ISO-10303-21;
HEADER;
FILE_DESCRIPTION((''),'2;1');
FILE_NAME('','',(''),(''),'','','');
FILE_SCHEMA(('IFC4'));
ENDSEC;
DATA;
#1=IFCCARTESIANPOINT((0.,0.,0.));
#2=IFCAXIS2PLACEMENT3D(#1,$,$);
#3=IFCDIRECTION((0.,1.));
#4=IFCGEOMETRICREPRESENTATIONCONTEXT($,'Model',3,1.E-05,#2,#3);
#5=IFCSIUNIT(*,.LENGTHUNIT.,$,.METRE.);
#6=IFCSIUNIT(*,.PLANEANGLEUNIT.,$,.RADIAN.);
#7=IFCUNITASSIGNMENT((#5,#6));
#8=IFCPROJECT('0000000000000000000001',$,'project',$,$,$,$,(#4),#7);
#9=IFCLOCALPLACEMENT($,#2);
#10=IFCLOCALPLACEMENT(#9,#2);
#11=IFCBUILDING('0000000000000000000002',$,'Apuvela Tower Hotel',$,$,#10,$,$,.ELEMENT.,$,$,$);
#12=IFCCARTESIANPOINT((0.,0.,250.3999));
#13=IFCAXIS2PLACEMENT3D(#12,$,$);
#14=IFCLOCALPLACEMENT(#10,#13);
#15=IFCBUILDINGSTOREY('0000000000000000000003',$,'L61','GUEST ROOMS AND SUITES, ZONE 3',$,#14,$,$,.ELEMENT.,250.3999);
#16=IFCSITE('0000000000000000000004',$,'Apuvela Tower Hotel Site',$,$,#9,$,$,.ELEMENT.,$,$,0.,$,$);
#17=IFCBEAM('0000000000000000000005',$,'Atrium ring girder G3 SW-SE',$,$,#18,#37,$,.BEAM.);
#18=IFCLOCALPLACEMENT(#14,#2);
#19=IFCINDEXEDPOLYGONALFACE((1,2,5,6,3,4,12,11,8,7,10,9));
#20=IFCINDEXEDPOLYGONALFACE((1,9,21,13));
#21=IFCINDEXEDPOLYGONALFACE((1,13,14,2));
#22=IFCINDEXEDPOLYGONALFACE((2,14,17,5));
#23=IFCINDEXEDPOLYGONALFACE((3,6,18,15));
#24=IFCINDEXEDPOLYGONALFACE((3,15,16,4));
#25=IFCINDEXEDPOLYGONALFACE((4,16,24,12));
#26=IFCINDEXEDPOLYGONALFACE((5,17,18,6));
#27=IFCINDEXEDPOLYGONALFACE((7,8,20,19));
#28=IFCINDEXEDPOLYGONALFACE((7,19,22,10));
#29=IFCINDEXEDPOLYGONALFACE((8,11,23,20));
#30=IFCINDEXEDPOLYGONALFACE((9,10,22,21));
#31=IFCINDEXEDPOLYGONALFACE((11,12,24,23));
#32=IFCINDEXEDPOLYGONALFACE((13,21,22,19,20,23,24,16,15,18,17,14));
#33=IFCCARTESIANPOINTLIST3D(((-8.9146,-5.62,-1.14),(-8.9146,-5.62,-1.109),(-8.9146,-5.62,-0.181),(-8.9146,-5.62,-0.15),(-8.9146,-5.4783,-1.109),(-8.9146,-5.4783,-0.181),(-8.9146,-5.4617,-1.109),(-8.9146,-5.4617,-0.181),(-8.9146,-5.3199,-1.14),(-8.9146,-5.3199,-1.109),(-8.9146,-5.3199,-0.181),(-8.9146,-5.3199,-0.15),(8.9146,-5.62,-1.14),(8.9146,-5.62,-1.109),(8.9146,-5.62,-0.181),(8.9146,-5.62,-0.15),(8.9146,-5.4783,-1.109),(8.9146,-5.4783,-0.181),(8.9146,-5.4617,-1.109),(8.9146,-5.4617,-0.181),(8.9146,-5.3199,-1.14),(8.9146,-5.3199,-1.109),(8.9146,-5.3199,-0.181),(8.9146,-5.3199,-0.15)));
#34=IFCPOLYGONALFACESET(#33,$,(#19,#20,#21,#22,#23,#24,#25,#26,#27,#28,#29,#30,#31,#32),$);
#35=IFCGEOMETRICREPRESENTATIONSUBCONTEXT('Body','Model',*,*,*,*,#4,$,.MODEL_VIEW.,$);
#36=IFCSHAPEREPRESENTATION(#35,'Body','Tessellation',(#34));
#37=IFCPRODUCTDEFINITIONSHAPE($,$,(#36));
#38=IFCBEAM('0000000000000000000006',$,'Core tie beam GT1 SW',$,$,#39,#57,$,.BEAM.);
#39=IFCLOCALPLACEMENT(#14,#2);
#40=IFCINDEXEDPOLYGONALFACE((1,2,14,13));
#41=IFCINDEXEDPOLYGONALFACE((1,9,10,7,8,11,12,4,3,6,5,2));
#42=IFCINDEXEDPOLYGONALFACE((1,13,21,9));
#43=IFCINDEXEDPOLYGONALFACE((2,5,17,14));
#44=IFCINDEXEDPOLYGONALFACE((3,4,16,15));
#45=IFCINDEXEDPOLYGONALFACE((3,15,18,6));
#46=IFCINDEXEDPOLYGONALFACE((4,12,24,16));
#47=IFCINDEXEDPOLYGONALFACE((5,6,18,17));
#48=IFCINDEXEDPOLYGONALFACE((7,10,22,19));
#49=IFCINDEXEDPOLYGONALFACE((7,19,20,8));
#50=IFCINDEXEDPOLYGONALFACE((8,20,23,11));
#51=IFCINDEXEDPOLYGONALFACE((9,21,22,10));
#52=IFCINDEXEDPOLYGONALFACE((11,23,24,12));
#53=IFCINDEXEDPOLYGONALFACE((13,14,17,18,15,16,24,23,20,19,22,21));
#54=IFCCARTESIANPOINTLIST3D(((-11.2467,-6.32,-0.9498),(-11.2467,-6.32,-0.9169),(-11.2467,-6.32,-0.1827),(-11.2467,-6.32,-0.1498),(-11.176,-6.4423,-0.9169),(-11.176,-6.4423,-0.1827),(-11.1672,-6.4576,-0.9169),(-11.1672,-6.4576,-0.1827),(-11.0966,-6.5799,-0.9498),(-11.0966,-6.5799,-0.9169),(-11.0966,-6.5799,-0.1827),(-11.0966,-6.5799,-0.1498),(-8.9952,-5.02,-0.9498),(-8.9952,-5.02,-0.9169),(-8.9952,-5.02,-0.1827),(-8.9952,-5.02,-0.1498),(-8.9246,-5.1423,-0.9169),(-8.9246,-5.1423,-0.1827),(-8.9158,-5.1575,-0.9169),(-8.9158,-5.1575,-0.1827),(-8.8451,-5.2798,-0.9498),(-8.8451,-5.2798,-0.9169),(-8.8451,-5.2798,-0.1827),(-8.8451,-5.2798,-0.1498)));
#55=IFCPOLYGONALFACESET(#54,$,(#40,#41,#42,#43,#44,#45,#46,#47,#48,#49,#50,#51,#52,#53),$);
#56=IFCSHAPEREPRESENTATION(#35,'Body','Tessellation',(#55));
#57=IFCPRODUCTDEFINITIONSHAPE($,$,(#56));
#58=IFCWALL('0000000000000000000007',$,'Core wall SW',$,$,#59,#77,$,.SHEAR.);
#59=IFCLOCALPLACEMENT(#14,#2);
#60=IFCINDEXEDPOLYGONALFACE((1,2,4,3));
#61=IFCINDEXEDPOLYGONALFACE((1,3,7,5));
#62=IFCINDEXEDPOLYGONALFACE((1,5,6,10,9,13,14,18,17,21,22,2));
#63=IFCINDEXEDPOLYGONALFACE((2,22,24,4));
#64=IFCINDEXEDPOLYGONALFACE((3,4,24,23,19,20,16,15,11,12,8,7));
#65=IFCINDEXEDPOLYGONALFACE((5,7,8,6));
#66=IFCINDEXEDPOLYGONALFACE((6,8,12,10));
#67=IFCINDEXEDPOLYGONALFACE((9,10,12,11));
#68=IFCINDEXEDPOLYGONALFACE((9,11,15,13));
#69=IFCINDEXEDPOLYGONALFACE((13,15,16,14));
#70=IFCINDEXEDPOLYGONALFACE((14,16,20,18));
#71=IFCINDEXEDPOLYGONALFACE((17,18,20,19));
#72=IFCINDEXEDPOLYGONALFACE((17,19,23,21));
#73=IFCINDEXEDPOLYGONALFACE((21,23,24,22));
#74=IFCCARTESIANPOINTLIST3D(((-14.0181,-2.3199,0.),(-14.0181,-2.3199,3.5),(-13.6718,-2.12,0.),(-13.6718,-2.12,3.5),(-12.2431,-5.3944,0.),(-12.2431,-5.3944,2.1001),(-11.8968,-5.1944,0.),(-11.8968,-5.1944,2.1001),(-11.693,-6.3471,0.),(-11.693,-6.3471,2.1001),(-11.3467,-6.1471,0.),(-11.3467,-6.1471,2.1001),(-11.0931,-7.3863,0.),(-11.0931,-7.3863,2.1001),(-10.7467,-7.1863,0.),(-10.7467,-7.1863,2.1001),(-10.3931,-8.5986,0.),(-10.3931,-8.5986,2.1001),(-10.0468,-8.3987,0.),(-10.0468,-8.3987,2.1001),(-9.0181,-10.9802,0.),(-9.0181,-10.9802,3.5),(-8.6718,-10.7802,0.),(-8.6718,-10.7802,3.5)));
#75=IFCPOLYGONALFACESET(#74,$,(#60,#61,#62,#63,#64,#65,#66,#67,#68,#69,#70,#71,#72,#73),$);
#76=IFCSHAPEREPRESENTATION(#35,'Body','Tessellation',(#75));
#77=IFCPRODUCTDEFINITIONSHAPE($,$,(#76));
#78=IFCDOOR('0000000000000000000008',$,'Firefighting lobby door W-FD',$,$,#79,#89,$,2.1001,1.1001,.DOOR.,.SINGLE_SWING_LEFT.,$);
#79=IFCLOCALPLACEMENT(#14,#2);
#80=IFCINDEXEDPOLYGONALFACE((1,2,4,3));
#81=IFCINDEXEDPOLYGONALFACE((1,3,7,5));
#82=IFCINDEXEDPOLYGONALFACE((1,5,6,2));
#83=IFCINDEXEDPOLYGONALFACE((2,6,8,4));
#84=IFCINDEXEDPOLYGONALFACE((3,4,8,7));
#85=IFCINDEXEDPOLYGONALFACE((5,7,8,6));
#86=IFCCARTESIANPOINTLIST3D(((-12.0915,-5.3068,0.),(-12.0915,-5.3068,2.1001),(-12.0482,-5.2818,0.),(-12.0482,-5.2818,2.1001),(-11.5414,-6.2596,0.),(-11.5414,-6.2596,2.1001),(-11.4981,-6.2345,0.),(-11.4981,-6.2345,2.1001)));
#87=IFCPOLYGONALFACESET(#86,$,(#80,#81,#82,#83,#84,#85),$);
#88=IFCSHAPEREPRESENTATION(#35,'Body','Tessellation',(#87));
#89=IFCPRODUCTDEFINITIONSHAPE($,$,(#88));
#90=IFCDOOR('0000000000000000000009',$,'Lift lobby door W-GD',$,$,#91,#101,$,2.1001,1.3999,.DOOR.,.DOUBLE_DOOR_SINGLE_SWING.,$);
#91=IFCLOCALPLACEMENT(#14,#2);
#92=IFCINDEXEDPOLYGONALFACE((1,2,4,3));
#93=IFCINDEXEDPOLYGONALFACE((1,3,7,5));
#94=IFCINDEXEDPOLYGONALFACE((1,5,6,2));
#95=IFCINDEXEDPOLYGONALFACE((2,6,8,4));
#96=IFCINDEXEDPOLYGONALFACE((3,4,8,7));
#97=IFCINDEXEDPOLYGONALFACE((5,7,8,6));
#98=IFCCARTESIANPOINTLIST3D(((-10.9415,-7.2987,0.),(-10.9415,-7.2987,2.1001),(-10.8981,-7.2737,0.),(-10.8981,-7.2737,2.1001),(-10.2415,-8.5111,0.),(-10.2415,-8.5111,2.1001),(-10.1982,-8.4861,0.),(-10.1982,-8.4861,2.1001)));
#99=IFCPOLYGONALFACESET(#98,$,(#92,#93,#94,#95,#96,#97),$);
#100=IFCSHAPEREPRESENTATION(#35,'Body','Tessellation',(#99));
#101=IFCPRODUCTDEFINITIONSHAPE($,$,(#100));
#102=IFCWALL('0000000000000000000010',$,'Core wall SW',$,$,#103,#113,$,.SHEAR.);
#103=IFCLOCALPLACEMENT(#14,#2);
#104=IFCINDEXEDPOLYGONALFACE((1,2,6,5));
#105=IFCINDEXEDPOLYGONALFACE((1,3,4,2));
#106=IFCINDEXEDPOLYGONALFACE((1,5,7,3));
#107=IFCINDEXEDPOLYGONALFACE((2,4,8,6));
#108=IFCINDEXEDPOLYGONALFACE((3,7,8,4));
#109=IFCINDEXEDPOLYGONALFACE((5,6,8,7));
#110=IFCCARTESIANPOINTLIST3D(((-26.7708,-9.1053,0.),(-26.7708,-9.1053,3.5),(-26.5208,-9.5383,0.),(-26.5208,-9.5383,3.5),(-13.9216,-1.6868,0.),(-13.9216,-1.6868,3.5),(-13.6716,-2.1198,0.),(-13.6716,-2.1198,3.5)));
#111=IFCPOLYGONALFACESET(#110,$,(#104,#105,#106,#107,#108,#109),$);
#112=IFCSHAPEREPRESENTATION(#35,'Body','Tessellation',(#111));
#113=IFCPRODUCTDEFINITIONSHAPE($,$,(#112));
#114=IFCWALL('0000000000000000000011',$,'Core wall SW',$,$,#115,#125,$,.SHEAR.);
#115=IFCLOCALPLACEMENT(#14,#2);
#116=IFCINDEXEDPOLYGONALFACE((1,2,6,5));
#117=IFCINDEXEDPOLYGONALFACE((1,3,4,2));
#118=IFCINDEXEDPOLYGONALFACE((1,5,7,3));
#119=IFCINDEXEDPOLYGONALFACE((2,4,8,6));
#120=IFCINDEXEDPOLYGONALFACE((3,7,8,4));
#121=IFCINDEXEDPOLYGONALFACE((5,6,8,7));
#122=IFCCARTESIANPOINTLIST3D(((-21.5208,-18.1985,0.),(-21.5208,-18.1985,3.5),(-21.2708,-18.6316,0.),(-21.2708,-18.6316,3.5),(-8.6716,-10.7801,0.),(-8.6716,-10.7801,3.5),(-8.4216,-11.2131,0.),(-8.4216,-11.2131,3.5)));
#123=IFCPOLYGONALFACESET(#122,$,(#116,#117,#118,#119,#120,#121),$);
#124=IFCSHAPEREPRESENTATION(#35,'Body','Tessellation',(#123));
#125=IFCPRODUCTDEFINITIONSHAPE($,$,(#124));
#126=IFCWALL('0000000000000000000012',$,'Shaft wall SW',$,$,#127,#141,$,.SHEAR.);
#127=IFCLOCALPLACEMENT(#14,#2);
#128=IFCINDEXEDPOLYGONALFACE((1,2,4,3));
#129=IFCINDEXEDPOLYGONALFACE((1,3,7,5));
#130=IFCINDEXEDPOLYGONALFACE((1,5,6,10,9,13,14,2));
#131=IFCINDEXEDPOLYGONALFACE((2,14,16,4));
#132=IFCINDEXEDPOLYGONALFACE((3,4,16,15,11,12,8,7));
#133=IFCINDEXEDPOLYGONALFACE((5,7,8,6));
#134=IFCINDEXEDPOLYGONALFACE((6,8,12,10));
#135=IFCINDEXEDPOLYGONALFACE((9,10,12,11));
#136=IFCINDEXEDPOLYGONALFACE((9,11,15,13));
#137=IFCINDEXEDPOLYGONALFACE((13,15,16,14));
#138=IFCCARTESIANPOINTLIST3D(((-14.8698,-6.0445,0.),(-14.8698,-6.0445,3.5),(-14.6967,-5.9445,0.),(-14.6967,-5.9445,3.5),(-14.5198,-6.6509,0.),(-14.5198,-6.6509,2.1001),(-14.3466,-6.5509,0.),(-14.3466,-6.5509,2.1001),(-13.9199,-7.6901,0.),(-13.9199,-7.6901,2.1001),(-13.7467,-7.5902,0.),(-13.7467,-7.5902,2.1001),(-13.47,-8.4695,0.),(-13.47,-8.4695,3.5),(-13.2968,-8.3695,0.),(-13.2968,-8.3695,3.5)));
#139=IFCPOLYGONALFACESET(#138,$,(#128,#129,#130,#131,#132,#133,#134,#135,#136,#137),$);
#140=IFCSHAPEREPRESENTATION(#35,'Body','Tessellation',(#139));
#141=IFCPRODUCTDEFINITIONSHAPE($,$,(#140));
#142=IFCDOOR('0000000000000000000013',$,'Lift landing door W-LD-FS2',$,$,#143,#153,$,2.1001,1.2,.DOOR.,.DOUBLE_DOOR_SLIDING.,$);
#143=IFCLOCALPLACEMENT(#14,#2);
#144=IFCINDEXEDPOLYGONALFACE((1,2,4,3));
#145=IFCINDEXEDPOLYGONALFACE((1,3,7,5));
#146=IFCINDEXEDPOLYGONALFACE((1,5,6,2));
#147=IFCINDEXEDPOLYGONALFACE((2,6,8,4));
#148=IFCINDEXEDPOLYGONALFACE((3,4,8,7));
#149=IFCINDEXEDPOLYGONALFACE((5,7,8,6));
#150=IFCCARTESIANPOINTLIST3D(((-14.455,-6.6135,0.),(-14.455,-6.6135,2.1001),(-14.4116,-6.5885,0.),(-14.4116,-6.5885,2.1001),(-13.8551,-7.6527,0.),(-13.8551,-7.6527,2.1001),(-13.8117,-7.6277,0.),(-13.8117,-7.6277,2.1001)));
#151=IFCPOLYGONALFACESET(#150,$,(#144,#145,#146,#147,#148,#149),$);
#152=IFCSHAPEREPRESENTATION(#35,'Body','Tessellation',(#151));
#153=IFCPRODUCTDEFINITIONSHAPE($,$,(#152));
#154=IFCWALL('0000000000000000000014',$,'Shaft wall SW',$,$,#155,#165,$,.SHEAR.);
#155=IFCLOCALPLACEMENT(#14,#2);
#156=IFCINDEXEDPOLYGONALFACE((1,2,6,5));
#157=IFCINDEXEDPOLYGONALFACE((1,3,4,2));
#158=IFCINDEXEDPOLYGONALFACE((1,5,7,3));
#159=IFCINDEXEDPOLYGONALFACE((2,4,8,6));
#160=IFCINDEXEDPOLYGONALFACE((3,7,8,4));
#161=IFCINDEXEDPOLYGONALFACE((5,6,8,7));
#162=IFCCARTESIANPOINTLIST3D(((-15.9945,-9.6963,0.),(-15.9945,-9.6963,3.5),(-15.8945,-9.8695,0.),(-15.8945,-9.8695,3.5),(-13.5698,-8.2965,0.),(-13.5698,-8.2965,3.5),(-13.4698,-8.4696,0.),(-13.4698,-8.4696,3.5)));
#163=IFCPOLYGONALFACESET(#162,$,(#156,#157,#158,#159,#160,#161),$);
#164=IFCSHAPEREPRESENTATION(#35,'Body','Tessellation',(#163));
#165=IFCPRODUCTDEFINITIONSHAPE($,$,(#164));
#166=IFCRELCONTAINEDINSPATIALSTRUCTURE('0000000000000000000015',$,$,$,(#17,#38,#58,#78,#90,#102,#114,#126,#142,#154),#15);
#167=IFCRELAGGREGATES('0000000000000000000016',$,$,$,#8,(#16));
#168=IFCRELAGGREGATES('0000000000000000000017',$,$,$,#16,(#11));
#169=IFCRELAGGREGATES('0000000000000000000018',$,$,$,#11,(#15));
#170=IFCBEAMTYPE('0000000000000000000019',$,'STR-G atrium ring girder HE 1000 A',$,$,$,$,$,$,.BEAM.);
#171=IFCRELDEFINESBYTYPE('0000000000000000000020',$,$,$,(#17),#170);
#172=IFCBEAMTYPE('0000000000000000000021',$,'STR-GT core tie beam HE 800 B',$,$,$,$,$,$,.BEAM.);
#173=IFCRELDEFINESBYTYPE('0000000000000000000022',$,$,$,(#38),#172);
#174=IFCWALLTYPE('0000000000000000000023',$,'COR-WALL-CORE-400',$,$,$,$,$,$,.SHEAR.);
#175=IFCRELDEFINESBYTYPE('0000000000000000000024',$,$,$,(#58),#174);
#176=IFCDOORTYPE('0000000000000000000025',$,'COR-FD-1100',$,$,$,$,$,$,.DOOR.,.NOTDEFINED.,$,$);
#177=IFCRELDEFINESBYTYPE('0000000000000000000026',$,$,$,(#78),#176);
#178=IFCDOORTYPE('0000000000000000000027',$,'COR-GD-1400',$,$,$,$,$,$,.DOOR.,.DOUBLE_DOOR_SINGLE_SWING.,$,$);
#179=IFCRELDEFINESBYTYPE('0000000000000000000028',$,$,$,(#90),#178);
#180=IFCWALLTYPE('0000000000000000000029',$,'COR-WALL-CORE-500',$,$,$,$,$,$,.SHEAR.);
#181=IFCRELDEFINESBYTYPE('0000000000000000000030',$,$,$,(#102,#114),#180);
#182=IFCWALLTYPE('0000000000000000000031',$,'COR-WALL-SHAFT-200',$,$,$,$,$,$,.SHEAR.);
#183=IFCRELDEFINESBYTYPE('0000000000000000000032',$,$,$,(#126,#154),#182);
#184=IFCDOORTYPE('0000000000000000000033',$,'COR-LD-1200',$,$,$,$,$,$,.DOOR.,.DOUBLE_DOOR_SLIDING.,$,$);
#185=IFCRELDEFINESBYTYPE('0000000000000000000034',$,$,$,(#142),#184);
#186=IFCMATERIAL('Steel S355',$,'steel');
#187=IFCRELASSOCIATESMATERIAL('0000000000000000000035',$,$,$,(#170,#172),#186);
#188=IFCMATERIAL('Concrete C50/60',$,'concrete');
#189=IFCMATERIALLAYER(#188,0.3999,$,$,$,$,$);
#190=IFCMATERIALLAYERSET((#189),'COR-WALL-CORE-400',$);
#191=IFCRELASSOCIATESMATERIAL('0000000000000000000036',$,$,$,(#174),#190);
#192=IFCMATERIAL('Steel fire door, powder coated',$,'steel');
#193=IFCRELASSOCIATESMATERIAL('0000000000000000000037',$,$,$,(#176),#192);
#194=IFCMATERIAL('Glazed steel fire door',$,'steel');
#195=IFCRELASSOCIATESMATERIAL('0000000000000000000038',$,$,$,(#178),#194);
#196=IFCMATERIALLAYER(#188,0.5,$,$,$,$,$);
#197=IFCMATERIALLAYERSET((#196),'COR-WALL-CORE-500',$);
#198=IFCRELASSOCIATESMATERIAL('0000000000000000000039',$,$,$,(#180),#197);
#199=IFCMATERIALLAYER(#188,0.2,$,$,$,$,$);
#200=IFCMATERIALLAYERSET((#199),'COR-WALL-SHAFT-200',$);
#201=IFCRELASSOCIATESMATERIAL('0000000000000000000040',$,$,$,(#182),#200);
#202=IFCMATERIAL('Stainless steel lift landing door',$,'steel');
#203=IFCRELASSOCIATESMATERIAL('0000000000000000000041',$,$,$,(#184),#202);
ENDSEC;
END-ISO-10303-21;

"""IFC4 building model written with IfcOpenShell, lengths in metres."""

from ifc_helpers import new_model, si_unit, direction, frame, frame_2d, origin, origin_2d, place, context, subcontext, project, spatial, rectangle, i_section, extrude, material, layer, layer_set, material_profile, profile_set, type_object, element, fill, save


model = new_model("IFC4")

# Units and contexts
model_context = context("Model", 3, precision=1e-05, world=origin(), true_north=direction((0.0, 1.0)))
body_context = subcontext(model_context, "Body", "Model", "MODEL_VIEW")
ifc_project = project(units=[si_unit("LENGTHUNIT", "METRE"), si_unit("PLANEANGLEUNIT", "RADIAN")], contexts=[model_context])

# Site, building, storey
site_placement = place(None, origin())
site = spatial("IfcSite", under=ifc_project, at=site_placement, Name="Apuvela Tower Hotel Site", CompositionType="ELEMENT", RefElevation=0.0)
building_placement = place(site_placement, origin())
building = spatial("IfcBuilding", under=site, at=building_placement, Name="Apuvela Tower Hotel", CompositionType="ELEMENT")
storey_placement = place(building_placement, frame((0.0, 0.0, 250.3999)))
storey = spatial("IfcBuildingStorey", under=building, at=storey_placement, Name="L61", Description="GUEST ROOMS AND SUITES, ZONE 3", CompositionType="ELEMENT", Elevation=250.3999)

# Beams
ifc_material_1 = material(Name="Steel S355", Category="steel")
ifc_material_profile_1 = material_profile(ifc_material_1, i_section(OverallWidth=0.3, OverallDepth=0.99, WebThickness=0.0166, FlangeThickness=0.031, at=origin_2d()), Name="HE 1000 A")
ifc_profile_set_1 = profile_set([ifc_material_profile_1], Name="Steel S355")
beam_type_1 = type_object("IfcBeamType", Name="STR-G atrium ring girder HE 1000 A", PredefinedType="BEAM", material=ifc_profile_set_1)
beam_1_placement = place(storey_placement, frame((-8.9146, -5.47, -0.645), z_axis=(1.0, 0.0, 0.0), x_axis=(0.0, 1.0, 0.0)))
element("IfcBeam", 1, at=beam_1_placement, inside=storey, type_object=beam_type_1, Name="Atrium ring girder G3 SW-SE", PredefinedType="BEAM", context=body_context, shape_type="SweptSolid", body=[
    extrude(i_section(OverallWidth=0.3, OverallDepth=0.99, WebThickness=0.0166, FlangeThickness=0.031, at=origin_2d()), origin(), (0.0, 0.0, 1.0), 17.8291),
])
ifc_material_profile_2 = material_profile(ifc_material_1, i_section(OverallWidth=0.3, OverallDepth=0.8, WebThickness=0.0176, FlangeThickness=0.033, at=origin_2d()), Name="HE 800 B")
ifc_profile_set_2 = profile_set([ifc_material_profile_2], Name="Steel S355")
beam_type_2 = type_object("IfcBeamType", Name="STR-GT core tie beam HE 800 B", PredefinedType="BEAM", material=ifc_profile_set_2)
beam_2_placement = place(storey_placement, frame((-11.1716, -6.45, -0.5498), z_axis=(0.865998, 0.500048, 0.0), x_axis=(-0.500048, 0.865998, 0.0)))
element("IfcBeam", 2, at=beam_2_placement, inside=storey, type_object=beam_type_2, Name="Core tie beam GT1 SW", PredefinedType="BEAM", context=body_context, shape_type="SweptSolid", body=[
    extrude(i_section(OverallWidth=0.3, OverallDepth=0.8, WebThickness=0.0176, FlangeThickness=0.033, at=origin_2d()), origin(), (0.0, 0.0, 1.0), 2.5999),
])

# Wall, openings, doors
ifc_material_2 = material(Name="Concrete C50/60", Category="concrete")
ifc_layer_1 = layer(ifc_material_2, 0.3999)
ifc_layer_set_1 = layer_set([ifc_layer_1], Name="COR-WALL-CORE-400")
wall_type_1 = type_object("IfcWallType", Name="COR-WALL-CORE-400", PredefinedType="SHEAR", material=ifc_layer_set_1)
wall_1_placement = place(storey_placement, frame((-13.845, -2.22, 0.0), z_axis=(0.0, 0.0, 1.0), x_axis=(0.500004, -0.866023, 0.0)))
wall_1 = element("IfcWall", 3, at=wall_1_placement, inside=storey, type_object=wall_type_1, Name="Core wall SW", PredefinedType="SHEAR", context=body_context, shape_type="SweptSolid", body=[
    extrude(rectangle(XDim=10.0, YDim=0.3999, at=frame_2d((5.0, 0.0))), origin(), (0.0, 0.0, 1.0), 3.5),
])
opening_1_placement = place(wall_1_placement, frame((3.55, 0.0, 0.0)))
opening_1 = element("IfcOpeningElement", 4, at=opening_1_placement, cuts=wall_1, PredefinedType="OPENING", context=body_context, shape_type="SweptSolid", body=[
    extrude(rectangle(XDim=1.1001, YDim=2.1001, at=frame_2d((0.55, 1.05))), frame((0.0, 0.21, 0.0), z_axis=(0.0, -1.0, 0.0), x_axis=(1.0, 0.0, 0.0)), (0.0, 0.0, 1.0), 0.4199),
])
opening_2_placement = place(wall_1_placement, frame((5.8501, 0.0, 0.0)))
opening_2 = element("IfcOpeningElement", 5, at=opening_2_placement, cuts=wall_1, PredefinedType="OPENING", context=body_context, shape_type="SweptSolid", body=[
    extrude(rectangle(XDim=1.3999, YDim=2.1001, at=frame_2d((0.7, 1.05))), frame((0.0, 0.21, 0.0), z_axis=(0.0, -1.0, 0.0), x_axis=(1.0, 0.0, 0.0)), (0.0, 0.0, 1.0), 0.4199),
])
ifc_material_3 = material(Name="Steel fire door, powder coated", Category="steel")
door_type_1 = type_object("IfcDoorType", Name="COR-FD-1100", OperationType="NOTDEFINED", PredefinedType="DOOR", material=ifc_material_3)
door_1_placement = place(opening_1_placement, frame((1.1001, 0.0, 0.0), z_axis=(0.0, 0.0, 1.0), x_axis=(-1.0, 0.0, 0.0)))
door_1 = element("IfcDoor", 6, at=door_1_placement, inside=storey, type_object=door_type_1, Name="Firefighting lobby door W-FD", OperationType="SINGLE_SWING_LEFT", OverallHeight=2.1001, OverallWidth=1.1001, PredefinedType="DOOR", context=body_context, shape_type="SweptSolid", body=[
    extrude(rectangle(XDim=1.1001, YDim=2.1001, at=frame_2d((0.55, 1.05))), frame((0.0, 0.0249, 0.0), z_axis=(0.0, -1.0, 0.0), x_axis=(1.0, 0.0, 0.0)), (0.0, 0.0, 1.0), 0.05),
])
fill(opening_1, door_1)
ifc_material_4 = material(Name="Glazed steel fire door", Category="steel")
door_type_2 = type_object("IfcDoorType", Name="COR-GD-1400", OperationType="DOUBLE_DOOR_SINGLE_SWING", PredefinedType="DOOR", material=ifc_material_4)
door_2_placement = place(opening_2_placement, frame((1.3999, 0.0, 0.0), z_axis=(0.0, 0.0, 1.0), x_axis=(-1.0, 0.0, 0.0)))
door_2 = element("IfcDoor", 7, at=door_2_placement, inside=storey, type_object=door_type_2, Name="Lift lobby door W-GD", OperationType="DOUBLE_DOOR_SINGLE_SWING", OverallHeight=2.1001, OverallWidth=1.3999, PredefinedType="DOOR", context=body_context, shape_type="SweptSolid", body=[
    extrude(rectangle(XDim=1.3999, YDim=2.1001, at=frame_2d((0.7, 1.05))), frame((0.0, 0.0249, 0.0), z_axis=(0.0, -1.0, 0.0), x_axis=(1.0, 0.0, 0.0)), (0.0, 0.0, 1.0), 0.05),
])
fill(opening_2, door_2)

# Walls
ifc_layer_2 = layer(ifc_material_2, 0.5)
ifc_layer_set_2 = layer_set([ifc_layer_2], Name="COR-WALL-CORE-500")
wall_type_2 = type_object("IfcWallType", Name="COR-WALL-CORE-500", PredefinedType="SHEAR", material=ifc_layer_set_2)
for number, where, z_axis, x_axis, name in (
    (8, (-13.7966, -1.9033, 0.0), (0.0, 0.0, 1.0), (-0.866025, -0.500001, 0.0), "Core wall SW"),
    (9, (-8.5466, -10.9966, 0.0), (0.0, 0.0, 1.0), (-0.866025, -0.500001, 0.0), "Core wall SW"),
):
    element("IfcWall", number, at=place(storey_placement, frame(where, z_axis=z_axis, x_axis=x_axis)), inside=storey, type_object=wall_type_2, Name=name, PredefinedType="SHEAR", context=body_context, shape_type="SweptSolid", body=[
        extrude(rectangle(XDim=14.8369, YDim=0.5, at=frame_2d((7.4185, 0.0))), origin(), (0.0, 0.0, 1.0), 3.5),
    ])

# Wall, opening, door
ifc_layer_3 = layer(ifc_material_2, 0.2)
ifc_layer_set_3 = layer_set([ifc_layer_3], Name="COR-WALL-SHAFT-200")
wall_type_3 = type_object("IfcWallType", Name="COR-WALL-SHAFT-200", PredefinedType="SHEAR", material=ifc_layer_set_3)
wall_2_placement = place(storey_placement, frame((-14.7832, -5.9946, 0.0), z_axis=(0.0, 0.0, 1.0), x_axis=(0.499946, -0.866056, 0.0)))
wall_2 = element("IfcWall", 10, at=wall_2_placement, inside=storey, type_object=wall_type_3, Name="Shaft wall SW", PredefinedType="SHEAR", context=body_context, shape_type="SweptSolid", body=[
    extrude(rectangle(XDim=2.8, YDim=0.2, at=frame_2d((1.3999, 0.0))), origin(), (0.0, 0.0, 1.0), 3.5),
])
opening_3_placement = place(wall_2_placement, frame((0.7, 0.0, 0.0)))
opening_3 = element("IfcOpeningElement", 11, at=opening_3_placement, cuts=wall_2, PredefinedType="OPENING", context=body_context, shape_type="SweptSolid", body=[
    extrude(rectangle(XDim=1.2, YDim=2.1001, at=frame_2d((0.6001, 1.05))), frame((0.0, 0.1099, 0.0), z_axis=(0.0, -1.0, 0.0), x_axis=(1.0, 0.0, 0.0)), (0.0, 0.0, 1.0), 0.22),
])
ifc_material_5 = material(Name="Stainless steel lift landing door", Category="steel")
door_type_3 = type_object("IfcDoorType", Name="COR-LD-1200", OperationType="DOUBLE_DOOR_SLIDING", PredefinedType="DOOR", material=ifc_material_5)
door_3_placement = place(opening_3_placement, origin())
door_3 = element("IfcDoor", 12, at=door_3_placement, inside=storey, type_object=door_type_3, Name="Lift landing door W-LD-FS2", OperationType="DOUBLE_DOOR_SLIDING", OverallHeight=2.1001, OverallWidth=1.2, PredefinedType="DOOR", context=body_context, shape_type="SweptSolid", body=[
    extrude(rectangle(XDim=1.2, YDim=2.1001, at=frame_2d((0.6001, 1.05))), frame((0.0, 0.0249, 0.0), z_axis=(0.0, -1.0, 0.0), x_axis=(1.0, 0.0, 0.0)), (0.0, 0.0, 1.0), 0.05),
])
fill(opening_3, door_3)

# Wall
wall_3_placement = place(storey_placement, frame((-13.5198, -8.3831, 0.0), z_axis=(0.0, 0.0, 1.0), x_axis=(-0.866035, -0.499984, 0.0)))
element("IfcWall", 13, at=wall_3_placement, inside=storey, type_object=wall_type_3, Name="Shaft wall SW", PredefinedType="SHEAR", context=body_context, shape_type="SweptSolid", body=[
    extrude(rectangle(XDim=2.7998, YDim=0.2, at=frame_2d((1.3999, 0.0))), origin(), (0.0, 0.0, 1.0), 3.5),
])

save(model, "model.ifc")
